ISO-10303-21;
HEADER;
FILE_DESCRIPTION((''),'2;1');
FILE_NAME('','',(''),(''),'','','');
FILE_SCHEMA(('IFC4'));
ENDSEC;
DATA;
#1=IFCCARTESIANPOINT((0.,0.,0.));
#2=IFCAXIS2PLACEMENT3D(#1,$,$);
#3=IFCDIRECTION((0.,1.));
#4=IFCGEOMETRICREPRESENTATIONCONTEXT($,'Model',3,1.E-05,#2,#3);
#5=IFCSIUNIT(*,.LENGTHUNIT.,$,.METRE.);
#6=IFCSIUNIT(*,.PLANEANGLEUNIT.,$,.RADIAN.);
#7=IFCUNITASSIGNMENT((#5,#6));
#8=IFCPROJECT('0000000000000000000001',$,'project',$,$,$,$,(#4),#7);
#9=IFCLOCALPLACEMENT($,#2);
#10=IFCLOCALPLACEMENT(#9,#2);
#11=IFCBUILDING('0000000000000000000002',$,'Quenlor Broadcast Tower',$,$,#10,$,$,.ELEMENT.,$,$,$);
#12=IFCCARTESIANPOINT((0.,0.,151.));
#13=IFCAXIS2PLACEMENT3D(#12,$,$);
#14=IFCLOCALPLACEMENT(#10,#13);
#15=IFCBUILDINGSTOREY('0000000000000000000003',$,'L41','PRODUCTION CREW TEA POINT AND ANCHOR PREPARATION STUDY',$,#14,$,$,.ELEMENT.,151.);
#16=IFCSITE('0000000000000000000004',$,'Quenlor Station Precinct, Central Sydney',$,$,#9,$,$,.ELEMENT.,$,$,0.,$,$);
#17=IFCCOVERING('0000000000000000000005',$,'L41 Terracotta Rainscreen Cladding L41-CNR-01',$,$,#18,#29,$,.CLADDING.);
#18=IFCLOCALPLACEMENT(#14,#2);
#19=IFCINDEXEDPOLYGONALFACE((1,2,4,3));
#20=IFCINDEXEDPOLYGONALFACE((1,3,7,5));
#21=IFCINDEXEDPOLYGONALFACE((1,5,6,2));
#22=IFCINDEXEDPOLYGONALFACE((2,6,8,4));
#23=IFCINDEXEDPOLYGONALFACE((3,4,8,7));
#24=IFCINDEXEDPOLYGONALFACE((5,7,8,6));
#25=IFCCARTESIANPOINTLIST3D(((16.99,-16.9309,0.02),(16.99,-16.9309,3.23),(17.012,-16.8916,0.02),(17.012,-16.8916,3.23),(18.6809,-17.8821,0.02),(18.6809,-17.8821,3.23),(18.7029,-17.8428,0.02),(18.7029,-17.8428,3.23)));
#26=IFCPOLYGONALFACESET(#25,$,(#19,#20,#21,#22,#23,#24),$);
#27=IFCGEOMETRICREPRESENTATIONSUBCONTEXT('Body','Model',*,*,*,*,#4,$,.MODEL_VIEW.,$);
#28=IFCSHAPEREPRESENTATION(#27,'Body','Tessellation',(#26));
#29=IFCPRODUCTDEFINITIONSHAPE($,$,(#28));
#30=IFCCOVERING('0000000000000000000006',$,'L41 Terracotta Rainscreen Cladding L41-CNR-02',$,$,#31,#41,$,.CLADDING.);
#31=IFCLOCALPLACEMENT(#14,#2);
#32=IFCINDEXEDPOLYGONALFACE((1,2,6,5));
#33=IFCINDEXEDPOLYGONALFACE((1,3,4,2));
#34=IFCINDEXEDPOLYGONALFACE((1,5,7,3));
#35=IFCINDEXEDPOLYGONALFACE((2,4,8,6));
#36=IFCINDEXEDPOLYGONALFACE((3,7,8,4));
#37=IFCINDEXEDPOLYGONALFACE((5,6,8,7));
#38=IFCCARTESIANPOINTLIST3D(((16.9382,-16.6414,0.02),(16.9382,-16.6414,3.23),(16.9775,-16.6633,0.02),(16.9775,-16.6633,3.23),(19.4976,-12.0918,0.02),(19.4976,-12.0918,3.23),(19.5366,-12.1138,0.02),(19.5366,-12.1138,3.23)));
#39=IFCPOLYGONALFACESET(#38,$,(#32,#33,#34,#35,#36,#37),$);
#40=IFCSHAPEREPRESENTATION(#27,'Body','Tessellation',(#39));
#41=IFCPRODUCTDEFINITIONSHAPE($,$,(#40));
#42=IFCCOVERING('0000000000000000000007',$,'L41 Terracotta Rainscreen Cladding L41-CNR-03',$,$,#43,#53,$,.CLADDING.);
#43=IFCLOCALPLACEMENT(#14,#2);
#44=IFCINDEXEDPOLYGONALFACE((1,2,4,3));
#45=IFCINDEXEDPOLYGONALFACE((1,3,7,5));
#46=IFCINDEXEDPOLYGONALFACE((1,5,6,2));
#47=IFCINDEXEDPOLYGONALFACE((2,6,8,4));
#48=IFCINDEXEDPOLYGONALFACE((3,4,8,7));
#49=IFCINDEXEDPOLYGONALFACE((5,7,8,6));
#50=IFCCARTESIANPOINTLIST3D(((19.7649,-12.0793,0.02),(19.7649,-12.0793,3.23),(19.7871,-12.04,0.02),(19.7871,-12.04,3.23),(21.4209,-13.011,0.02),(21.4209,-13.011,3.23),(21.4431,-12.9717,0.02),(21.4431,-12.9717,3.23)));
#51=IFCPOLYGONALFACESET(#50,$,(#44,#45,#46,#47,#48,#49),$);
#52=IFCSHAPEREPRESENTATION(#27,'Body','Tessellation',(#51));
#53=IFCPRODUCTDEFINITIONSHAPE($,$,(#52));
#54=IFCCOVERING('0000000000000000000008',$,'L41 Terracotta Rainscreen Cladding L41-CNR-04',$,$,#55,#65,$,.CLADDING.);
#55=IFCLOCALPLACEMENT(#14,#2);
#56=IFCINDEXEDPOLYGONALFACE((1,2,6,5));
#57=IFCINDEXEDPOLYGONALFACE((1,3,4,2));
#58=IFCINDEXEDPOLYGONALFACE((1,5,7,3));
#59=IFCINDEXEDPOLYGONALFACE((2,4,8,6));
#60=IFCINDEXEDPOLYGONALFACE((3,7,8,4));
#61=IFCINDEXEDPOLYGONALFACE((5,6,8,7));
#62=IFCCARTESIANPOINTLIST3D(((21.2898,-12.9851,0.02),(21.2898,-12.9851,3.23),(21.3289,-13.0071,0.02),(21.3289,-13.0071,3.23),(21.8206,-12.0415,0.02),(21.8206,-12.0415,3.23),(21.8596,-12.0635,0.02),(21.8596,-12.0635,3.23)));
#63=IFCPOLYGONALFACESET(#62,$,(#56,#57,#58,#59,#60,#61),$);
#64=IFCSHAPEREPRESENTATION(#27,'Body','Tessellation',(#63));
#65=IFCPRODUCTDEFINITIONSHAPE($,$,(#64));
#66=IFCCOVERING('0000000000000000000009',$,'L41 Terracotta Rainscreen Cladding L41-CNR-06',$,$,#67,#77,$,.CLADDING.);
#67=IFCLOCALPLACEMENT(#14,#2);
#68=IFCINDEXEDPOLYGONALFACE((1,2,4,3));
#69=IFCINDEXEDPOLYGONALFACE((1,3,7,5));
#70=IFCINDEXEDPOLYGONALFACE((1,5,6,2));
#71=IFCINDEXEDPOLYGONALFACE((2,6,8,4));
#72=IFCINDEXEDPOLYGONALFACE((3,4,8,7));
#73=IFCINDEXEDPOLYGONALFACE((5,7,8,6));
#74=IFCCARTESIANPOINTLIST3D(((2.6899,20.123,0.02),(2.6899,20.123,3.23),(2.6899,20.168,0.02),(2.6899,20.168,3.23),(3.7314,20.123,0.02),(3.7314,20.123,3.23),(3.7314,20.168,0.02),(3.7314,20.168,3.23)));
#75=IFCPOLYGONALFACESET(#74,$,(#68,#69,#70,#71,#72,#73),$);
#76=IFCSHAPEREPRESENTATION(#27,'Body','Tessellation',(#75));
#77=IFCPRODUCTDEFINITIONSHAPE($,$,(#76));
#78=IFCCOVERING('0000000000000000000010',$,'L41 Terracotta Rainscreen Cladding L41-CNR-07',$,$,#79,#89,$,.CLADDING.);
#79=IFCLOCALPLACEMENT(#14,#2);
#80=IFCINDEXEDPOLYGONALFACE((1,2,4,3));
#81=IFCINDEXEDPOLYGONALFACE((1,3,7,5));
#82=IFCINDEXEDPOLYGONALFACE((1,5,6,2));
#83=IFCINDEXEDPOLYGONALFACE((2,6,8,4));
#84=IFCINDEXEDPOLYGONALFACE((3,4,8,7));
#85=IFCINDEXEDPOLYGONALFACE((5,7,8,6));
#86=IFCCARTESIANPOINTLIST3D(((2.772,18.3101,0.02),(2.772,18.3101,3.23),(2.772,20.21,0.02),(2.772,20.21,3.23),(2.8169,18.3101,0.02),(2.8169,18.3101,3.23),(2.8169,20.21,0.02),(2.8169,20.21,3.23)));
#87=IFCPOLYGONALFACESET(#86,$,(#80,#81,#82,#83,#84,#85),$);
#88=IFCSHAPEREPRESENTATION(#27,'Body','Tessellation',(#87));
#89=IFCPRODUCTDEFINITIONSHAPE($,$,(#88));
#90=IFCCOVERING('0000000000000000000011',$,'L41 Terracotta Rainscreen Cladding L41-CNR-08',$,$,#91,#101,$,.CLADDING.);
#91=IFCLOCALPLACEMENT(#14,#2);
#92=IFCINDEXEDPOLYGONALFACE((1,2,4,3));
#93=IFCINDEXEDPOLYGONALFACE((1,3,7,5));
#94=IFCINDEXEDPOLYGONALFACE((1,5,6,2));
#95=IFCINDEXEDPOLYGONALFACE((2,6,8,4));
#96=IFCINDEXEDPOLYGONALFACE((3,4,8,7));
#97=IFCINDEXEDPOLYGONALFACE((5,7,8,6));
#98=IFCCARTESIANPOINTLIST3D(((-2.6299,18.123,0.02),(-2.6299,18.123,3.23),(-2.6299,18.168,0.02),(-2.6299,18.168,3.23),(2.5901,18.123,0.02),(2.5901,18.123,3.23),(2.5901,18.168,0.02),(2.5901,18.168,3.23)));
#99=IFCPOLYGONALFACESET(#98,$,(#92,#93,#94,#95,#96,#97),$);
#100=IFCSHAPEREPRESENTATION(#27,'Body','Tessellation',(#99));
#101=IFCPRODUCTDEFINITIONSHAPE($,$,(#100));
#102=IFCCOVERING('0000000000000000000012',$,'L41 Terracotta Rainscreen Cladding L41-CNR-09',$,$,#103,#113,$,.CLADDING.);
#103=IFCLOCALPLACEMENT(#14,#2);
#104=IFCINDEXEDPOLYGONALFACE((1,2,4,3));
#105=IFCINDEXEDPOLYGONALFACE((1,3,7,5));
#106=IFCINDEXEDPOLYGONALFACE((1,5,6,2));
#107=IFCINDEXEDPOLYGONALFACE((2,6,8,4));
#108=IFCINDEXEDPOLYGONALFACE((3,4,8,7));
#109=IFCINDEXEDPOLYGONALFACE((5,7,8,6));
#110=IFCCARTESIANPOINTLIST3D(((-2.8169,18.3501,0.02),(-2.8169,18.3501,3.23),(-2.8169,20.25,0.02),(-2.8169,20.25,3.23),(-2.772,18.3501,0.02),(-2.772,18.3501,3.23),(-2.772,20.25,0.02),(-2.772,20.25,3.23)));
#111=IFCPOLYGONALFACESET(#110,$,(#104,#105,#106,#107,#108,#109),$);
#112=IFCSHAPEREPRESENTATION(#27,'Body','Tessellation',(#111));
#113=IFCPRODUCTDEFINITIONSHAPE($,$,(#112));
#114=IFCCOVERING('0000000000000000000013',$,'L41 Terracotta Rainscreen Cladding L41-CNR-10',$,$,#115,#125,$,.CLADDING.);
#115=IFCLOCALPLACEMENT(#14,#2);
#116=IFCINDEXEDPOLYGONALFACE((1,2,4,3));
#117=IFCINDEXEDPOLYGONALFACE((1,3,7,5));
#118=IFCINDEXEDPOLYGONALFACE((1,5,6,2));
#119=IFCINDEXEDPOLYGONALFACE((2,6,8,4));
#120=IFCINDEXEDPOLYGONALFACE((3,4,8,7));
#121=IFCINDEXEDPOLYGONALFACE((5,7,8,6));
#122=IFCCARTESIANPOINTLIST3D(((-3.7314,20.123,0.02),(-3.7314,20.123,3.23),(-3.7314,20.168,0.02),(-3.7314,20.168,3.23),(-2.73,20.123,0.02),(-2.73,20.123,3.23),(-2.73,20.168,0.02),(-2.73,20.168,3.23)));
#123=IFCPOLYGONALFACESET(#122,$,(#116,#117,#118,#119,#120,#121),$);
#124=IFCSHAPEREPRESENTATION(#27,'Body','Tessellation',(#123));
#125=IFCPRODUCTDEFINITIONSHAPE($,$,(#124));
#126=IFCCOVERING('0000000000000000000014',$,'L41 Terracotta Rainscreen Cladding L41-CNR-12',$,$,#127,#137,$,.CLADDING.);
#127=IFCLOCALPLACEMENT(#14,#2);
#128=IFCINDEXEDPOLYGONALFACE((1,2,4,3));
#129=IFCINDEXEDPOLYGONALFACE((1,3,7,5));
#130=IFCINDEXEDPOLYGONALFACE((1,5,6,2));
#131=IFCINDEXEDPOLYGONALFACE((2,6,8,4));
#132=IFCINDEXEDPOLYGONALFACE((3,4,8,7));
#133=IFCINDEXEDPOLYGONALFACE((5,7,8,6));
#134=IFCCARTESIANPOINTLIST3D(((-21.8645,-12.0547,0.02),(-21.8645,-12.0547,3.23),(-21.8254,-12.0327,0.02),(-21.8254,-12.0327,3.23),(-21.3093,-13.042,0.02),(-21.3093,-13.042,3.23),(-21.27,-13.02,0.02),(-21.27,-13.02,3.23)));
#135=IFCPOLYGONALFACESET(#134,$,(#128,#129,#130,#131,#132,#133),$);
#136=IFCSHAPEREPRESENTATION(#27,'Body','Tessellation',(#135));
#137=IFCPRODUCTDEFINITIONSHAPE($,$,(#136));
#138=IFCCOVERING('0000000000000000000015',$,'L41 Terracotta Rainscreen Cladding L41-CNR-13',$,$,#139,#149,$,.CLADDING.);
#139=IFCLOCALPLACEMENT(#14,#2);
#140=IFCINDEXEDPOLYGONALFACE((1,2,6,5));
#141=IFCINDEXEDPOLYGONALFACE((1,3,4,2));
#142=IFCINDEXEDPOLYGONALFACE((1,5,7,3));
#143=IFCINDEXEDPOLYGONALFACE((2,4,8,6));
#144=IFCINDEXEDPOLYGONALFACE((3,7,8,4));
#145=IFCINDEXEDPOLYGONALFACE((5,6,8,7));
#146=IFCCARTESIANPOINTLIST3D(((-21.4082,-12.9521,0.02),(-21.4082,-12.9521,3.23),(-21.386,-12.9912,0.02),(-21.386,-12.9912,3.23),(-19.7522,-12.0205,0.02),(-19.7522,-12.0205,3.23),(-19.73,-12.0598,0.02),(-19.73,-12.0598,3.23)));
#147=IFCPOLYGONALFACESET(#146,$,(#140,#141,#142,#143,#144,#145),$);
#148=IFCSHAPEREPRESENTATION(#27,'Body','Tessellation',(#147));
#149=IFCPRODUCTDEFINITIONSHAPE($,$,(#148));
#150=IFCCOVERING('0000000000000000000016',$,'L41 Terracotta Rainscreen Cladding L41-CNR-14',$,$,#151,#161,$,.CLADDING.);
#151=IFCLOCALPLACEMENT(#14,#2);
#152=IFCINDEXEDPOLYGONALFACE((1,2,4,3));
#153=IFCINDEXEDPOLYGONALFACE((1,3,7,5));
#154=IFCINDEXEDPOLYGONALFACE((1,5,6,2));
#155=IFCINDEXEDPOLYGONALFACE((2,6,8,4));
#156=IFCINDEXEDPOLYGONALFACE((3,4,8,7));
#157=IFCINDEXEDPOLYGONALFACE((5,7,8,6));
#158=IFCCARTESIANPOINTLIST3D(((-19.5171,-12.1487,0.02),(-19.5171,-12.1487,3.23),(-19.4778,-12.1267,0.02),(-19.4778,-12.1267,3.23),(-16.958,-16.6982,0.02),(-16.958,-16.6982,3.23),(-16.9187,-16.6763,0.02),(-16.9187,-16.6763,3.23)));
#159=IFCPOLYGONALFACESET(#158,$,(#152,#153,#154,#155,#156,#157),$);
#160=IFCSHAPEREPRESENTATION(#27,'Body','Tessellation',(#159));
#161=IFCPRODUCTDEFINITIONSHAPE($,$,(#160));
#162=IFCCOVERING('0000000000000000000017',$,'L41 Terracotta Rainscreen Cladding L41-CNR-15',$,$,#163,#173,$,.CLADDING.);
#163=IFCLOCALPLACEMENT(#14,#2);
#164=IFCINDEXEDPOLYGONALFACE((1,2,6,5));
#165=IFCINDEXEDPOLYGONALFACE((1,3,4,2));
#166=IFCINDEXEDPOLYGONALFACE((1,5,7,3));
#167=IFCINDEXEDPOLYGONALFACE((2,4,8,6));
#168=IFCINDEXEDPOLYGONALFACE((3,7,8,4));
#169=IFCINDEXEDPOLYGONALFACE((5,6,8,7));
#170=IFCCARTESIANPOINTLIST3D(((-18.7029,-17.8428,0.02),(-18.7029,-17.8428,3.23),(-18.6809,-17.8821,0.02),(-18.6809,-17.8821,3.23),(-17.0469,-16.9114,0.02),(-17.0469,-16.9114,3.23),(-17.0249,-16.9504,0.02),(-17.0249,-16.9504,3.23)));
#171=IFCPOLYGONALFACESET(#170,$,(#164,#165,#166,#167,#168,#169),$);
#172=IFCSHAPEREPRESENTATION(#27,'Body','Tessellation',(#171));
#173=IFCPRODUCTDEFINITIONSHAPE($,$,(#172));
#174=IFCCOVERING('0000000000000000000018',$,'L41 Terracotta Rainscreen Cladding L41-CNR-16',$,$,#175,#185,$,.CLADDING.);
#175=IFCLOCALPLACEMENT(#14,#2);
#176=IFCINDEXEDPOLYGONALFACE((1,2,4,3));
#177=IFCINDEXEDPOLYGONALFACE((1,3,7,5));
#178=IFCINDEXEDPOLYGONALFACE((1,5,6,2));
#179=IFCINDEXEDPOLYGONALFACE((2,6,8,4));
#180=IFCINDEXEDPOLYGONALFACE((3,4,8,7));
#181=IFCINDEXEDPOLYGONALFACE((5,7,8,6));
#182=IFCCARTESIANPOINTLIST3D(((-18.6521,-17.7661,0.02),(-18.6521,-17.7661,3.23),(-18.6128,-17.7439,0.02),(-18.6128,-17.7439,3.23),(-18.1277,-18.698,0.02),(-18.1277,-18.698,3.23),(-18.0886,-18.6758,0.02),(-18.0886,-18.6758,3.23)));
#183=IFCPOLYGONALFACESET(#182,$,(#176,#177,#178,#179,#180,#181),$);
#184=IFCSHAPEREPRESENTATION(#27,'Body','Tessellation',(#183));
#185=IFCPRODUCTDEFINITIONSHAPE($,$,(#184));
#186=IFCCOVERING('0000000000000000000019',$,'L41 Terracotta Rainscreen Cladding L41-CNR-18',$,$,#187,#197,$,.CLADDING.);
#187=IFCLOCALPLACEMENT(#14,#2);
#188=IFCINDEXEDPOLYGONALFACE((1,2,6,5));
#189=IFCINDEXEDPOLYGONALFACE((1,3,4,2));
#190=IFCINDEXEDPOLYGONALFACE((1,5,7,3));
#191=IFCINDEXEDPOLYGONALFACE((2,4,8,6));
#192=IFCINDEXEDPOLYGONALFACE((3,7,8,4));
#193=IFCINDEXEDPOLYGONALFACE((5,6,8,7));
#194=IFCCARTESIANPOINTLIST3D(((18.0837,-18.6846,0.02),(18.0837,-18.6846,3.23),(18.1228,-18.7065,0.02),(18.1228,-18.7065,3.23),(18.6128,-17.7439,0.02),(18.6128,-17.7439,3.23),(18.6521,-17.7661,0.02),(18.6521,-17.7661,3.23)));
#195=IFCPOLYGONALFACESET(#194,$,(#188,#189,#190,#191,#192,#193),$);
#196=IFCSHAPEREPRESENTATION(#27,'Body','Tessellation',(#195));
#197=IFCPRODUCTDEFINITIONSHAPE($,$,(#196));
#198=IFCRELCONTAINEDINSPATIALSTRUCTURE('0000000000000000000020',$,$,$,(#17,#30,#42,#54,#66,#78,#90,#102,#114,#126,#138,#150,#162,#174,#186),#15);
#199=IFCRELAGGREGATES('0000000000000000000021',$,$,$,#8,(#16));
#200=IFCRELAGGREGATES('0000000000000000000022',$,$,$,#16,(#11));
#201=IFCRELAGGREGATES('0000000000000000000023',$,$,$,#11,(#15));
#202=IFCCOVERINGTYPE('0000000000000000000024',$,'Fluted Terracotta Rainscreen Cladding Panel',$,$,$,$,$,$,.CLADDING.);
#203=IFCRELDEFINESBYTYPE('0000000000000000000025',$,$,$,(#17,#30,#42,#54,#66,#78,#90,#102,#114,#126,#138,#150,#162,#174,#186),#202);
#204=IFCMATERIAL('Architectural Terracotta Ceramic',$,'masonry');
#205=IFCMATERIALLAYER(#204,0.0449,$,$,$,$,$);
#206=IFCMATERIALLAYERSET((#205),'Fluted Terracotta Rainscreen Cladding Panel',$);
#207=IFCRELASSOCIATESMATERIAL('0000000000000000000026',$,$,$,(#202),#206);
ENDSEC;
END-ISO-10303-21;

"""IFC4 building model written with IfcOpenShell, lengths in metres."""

from ifc_helpers import new_model, si_unit, direction, frame, origin, place, context, subcontext, project, spatial, polyline, outline, extrude, material, layer, layer_set, type_object, element, save


model = new_model("IFC4")

# Units and contexts
model_context = context("Model", 3, precision=1e-05, world=origin(), true_north=direction((0.0, 1.0)))
body_context = subcontext(model_context, "Body", "Model", "MODEL_VIEW")
ifc_project = project(units=[si_unit("LENGTHUNIT", "METRE"), si_unit("PLANEANGLEUNIT", "RADIAN")], contexts=[model_context])

# Site, building, storey
site_placement = place(None, origin())
site = spatial("IfcSite", under=ifc_project, at=site_placement, Name="Quenlor Station Precinct, Central Sydney", CompositionType="ELEMENT", RefElevation=0.0)
building_placement = place(site_placement, origin())
building = spatial("IfcBuilding", under=site, at=building_placement, Name="Quenlor Broadcast Tower", CompositionType="ELEMENT")
storey_placement = place(building_placement, frame((0.0, 0.0, 151.0)))
storey = spatial("IfcBuildingStorey", under=building, at=storey_placement, Name="L41", Description="PRODUCTION CREW TEA POINT AND ANCHOR PREPARATION STUDY", CompositionType="ELEMENT", Elevation=151.0)

# Coverings
ifc_material_1 = material(Name="Architectural Terracotta Ceramic", Category="masonry")
ifc_layer_1 = layer(ifc_material_1, 0.0449)
ifc_layer_set_1 = layer_set([ifc_layer_1], Name="Fluted Terracotta Rainscreen Cladding Panel")
covering_type_1 = type_object("IfcCoveringType", Name="Fluted Terracotta Rainscreen Cladding Panel", PredefinedType="CLADDING", material=ifc_layer_set_1)
covering_1_placement = place(storey_placement, frame((0.0, 0.0, 0.02)))
element("IfcCovering", 1, at=covering_1_placement, inside=storey, type_object=covering_type_1, Name="L41 Terracotta Rainscreen Cladding L41-CNR-01", PredefinedType="CLADDING", context=body_context, shape_type="SweptSolid", body=[
    extrude(outline(polyline([(18.7029, -17.8428), (17.012, -16.8916), (16.99, -16.9309), (18.6809, -17.8821), (18.7029, -17.8428)])), origin(), (0.0, 0.0, 1.0), 3.21),
])
covering_2_placement = place(storey_placement, frame((0.0, 0.0, 0.02)))
element("IfcCovering", 2, at=covering_2_placement, inside=storey, type_object=covering_type_1, Name="L41 Terracotta Rainscreen Cladding L41-CNR-02", PredefinedType="CLADDING", context=body_context, shape_type="SweptSolid", body=[
    extrude(outline(polyline([(16.9775, -16.6633), (19.5366, -12.1138), (19.4976, -12.0918), (16.9382, -16.6414), (16.9775, -16.6633)])), origin(), (0.0, 0.0, 1.0), 3.21),
])
covering_3_placement = place(storey_placement, frame((0.0, 0.0, 0.02)))
element("IfcCovering", 3, at=covering_3_placement, inside=storey, type_object=covering_type_1, Name="L41 Terracotta Rainscreen Cladding L41-CNR-03", PredefinedType="CLADDING", context=body_context, shape_type="SweptSolid", body=[
    extrude(outline(polyline([(19.7649, -12.0793), (21.4209, -13.011), (21.4431, -12.9717), (19.7871, -12.04), (19.7649, -12.0793)])), origin(), (0.0, 0.0, 1.0), 3.21),
])
covering_4_placement = place(storey_placement, frame((0.0, 0.0, 0.02)))
element("IfcCovering", 4, at=covering_4_placement, inside=storey, type_object=covering_type_1, Name="L41 Terracotta Rainscreen Cladding L41-CNR-04", PredefinedType="CLADDING", context=body_context, shape_type="SweptSolid", body=[
    extrude(outline(polyline([(21.3289, -13.0071), (21.8596, -12.0635), (21.8206, -12.0415), (21.2898, -12.9851), (21.3289, -13.0071)])), origin(), (0.0, 0.0, 1.0), 3.21),
])
covering_5_placement = place(storey_placement, frame((0.0, 0.0, 0.02)))
element("IfcCovering", 5, at=covering_5_placement, inside=storey, type_object=covering_type_1, Name="L41 Terracotta Rainscreen Cladding L41-CNR-06", PredefinedType="CLADDING", context=body_context, shape_type="SweptSolid", body=[
    extrude(outline(polyline([(3.7314, 20.168), (2.6899, 20.168), (2.6899, 20.123), (3.7314, 20.123), (3.7314, 20.168)])), origin(), (0.0, 0.0, 1.0), 3.21),
])
covering_6_placement = place(storey_placement, frame((0.0, 0.0, 0.02)))
element("IfcCovering", 6, at=covering_6_placement, inside=storey, type_object=covering_type_1, Name="L41 Terracotta Rainscreen Cladding L41-CNR-07", PredefinedType="CLADDING", context=body_context, shape_type="SweptSolid", body=[
    extrude(outline(polyline([(2.772, 20.21), (2.772, 18.3101), (2.8169, 18.3101), (2.8169, 20.21), (2.772, 20.21)])), origin(), (0.0, 0.0, 1.0), 3.21),
])
covering_7_placement = place(storey_placement, frame((0.0, 0.0, 0.02)))
element("IfcCovering", 7, at=covering_7_placement, inside=storey, type_object=covering_type_1, Name="L41 Terracotta Rainscreen Cladding L41-CNR-08", PredefinedType="CLADDING", context=body_context, shape_type="SweptSolid", body=[
    extrude(outline(polyline([(2.5901, 18.168), (-2.6299, 18.168), (-2.6299, 18.123), (2.5901, 18.123), (2.5901, 18.168)])), origin(), (0.0, 0.0, 1.0), 3.21),
])
covering_8_placement = place(storey_placement, frame((0.0, 0.0, 0.02)))
element("IfcCovering", 8, at=covering_8_placement, inside=storey, type_object=covering_type_1, Name="L41 Terracotta Rainscreen Cladding L41-CNR-09", PredefinedType="CLADDING", context=body_context, shape_type="SweptSolid", body=[
    extrude(outline(polyline([(-2.772, 18.3501), (-2.772, 20.25), (-2.8169, 20.25), (-2.8169, 18.3501), (-2.772, 18.3501)])), origin(), (0.0, 0.0, 1.0), 3.21),
])
covering_9_placement = place(storey_placement, frame((0.0, 0.0, 0.02)))
element("IfcCovering", 9, at=covering_9_placement, inside=storey, type_object=covering_type_1, Name="L41 Terracotta Rainscreen Cladding L41-CNR-10", PredefinedType="CLADDING", context=body_context, shape_type="SweptSolid", body=[
    extrude(outline(polyline([(-2.73, 20.168), (-3.7314, 20.168), (-3.7314, 20.123), (-2.73, 20.123), (-2.73, 20.168)])), origin(), (0.0, 0.0, 1.0), 3.21),
])
covering_10_placement = place(storey_placement, frame((0.0, 0.0, 0.02)))
element("IfcCovering", 10, at=covering_10_placement, inside=storey, type_object=covering_type_1, Name="L41 Terracotta Rainscreen Cladding L41-CNR-12", PredefinedType="CLADDING", context=body_context, shape_type="SweptSolid", body=[
    extrude(outline(polyline([(-21.8645, -12.0547), (-21.3093, -13.042), (-21.27, -13.02), (-21.8254, -12.0327), (-21.8645, -12.0547)])), origin(), (0.0, 0.0, 1.0), 3.21),
])
covering_11_placement = place(storey_placement, frame((0.0, 0.0, 0.02)))
element("IfcCovering", 11, at=covering_11_placement, inside=storey, type_object=covering_type_1, Name="L41 Terracotta Rainscreen Cladding L41-CNR-13", PredefinedType="CLADDING", context=body_context, shape_type="SweptSolid", body=[
    extrude(outline(polyline([(-21.386, -12.9912), (-19.73, -12.0598), (-19.7522, -12.0205), (-21.4082, -12.9521), (-21.386, -12.9912)])), origin(), (0.0, 0.0, 1.0), 3.21),
])
covering_12_placement = place(storey_placement, frame((0.0, 0.0, 0.02)))
element("IfcCovering", 12, at=covering_12_placement, inside=storey, type_object=covering_type_1, Name="L41 Terracotta Rainscreen Cladding L41-CNR-14", PredefinedType="CLADDING", context=body_context, shape_type="SweptSolid", body=[
    extrude(outline(polyline([(-19.5171, -12.1487), (-16.958, -16.6982), (-16.9187, -16.6763), (-19.4778, -12.1267), (-19.5171, -12.1487)])), origin(), (0.0, 0.0, 1.0), 3.21),
])
covering_13_placement = place(storey_placement, frame((0.0, 0.0, 0.02)))
element("IfcCovering", 13, at=covering_13_placement, inside=storey, type_object=covering_type_1, Name="L41 Terracotta Rainscreen Cladding L41-CNR-15", PredefinedType="CLADDING", context=body_context, shape_type="SweptSolid", body=[
    extrude(outline(polyline([(-17.0469, -16.9114), (-18.7029, -17.8428), (-18.6809, -17.8821), (-17.0249, -16.9504), (-17.0469, -16.9114)])), origin(), (0.0, 0.0, 1.0), 3.21),
])
covering_14_placement = place(storey_placement, frame((0.0, 0.0, 0.02)))
element("IfcCovering", 14, at=covering_14_placement, inside=storey, type_object=covering_type_1, Name="L41 Terracotta Rainscreen Cladding L41-CNR-16", PredefinedType="CLADDING", context=body_context, shape_type="SweptSolid", body=[
    extrude(outline(polyline([(-18.6521, -17.7661), (-18.1277, -18.698), (-18.0886, -18.6758), (-18.6128, -17.7439), (-18.6521, -17.7661)])), origin(), (0.0, 0.0, 1.0), 3.21),
])
covering_15_placement = place(storey_placement, frame((0.0, 0.0, 0.02)))
element("IfcCovering", 15, at=covering_15_placement, inside=storey, type_object=covering_type_1, Name="L41 Terracotta Rainscreen Cladding L41-CNR-18", PredefinedType="CLADDING", context=body_context, shape_type="SweptSolid", body=[
    extrude(outline(polyline([(18.1228, -18.7065), (18.6521, -17.7661), (18.6128, -17.7439), (18.0837, -18.6846), (18.1228, -18.7065)])), origin(), (0.0, 0.0, 1.0), 3.21),
])

save(model, "model.ifc")
